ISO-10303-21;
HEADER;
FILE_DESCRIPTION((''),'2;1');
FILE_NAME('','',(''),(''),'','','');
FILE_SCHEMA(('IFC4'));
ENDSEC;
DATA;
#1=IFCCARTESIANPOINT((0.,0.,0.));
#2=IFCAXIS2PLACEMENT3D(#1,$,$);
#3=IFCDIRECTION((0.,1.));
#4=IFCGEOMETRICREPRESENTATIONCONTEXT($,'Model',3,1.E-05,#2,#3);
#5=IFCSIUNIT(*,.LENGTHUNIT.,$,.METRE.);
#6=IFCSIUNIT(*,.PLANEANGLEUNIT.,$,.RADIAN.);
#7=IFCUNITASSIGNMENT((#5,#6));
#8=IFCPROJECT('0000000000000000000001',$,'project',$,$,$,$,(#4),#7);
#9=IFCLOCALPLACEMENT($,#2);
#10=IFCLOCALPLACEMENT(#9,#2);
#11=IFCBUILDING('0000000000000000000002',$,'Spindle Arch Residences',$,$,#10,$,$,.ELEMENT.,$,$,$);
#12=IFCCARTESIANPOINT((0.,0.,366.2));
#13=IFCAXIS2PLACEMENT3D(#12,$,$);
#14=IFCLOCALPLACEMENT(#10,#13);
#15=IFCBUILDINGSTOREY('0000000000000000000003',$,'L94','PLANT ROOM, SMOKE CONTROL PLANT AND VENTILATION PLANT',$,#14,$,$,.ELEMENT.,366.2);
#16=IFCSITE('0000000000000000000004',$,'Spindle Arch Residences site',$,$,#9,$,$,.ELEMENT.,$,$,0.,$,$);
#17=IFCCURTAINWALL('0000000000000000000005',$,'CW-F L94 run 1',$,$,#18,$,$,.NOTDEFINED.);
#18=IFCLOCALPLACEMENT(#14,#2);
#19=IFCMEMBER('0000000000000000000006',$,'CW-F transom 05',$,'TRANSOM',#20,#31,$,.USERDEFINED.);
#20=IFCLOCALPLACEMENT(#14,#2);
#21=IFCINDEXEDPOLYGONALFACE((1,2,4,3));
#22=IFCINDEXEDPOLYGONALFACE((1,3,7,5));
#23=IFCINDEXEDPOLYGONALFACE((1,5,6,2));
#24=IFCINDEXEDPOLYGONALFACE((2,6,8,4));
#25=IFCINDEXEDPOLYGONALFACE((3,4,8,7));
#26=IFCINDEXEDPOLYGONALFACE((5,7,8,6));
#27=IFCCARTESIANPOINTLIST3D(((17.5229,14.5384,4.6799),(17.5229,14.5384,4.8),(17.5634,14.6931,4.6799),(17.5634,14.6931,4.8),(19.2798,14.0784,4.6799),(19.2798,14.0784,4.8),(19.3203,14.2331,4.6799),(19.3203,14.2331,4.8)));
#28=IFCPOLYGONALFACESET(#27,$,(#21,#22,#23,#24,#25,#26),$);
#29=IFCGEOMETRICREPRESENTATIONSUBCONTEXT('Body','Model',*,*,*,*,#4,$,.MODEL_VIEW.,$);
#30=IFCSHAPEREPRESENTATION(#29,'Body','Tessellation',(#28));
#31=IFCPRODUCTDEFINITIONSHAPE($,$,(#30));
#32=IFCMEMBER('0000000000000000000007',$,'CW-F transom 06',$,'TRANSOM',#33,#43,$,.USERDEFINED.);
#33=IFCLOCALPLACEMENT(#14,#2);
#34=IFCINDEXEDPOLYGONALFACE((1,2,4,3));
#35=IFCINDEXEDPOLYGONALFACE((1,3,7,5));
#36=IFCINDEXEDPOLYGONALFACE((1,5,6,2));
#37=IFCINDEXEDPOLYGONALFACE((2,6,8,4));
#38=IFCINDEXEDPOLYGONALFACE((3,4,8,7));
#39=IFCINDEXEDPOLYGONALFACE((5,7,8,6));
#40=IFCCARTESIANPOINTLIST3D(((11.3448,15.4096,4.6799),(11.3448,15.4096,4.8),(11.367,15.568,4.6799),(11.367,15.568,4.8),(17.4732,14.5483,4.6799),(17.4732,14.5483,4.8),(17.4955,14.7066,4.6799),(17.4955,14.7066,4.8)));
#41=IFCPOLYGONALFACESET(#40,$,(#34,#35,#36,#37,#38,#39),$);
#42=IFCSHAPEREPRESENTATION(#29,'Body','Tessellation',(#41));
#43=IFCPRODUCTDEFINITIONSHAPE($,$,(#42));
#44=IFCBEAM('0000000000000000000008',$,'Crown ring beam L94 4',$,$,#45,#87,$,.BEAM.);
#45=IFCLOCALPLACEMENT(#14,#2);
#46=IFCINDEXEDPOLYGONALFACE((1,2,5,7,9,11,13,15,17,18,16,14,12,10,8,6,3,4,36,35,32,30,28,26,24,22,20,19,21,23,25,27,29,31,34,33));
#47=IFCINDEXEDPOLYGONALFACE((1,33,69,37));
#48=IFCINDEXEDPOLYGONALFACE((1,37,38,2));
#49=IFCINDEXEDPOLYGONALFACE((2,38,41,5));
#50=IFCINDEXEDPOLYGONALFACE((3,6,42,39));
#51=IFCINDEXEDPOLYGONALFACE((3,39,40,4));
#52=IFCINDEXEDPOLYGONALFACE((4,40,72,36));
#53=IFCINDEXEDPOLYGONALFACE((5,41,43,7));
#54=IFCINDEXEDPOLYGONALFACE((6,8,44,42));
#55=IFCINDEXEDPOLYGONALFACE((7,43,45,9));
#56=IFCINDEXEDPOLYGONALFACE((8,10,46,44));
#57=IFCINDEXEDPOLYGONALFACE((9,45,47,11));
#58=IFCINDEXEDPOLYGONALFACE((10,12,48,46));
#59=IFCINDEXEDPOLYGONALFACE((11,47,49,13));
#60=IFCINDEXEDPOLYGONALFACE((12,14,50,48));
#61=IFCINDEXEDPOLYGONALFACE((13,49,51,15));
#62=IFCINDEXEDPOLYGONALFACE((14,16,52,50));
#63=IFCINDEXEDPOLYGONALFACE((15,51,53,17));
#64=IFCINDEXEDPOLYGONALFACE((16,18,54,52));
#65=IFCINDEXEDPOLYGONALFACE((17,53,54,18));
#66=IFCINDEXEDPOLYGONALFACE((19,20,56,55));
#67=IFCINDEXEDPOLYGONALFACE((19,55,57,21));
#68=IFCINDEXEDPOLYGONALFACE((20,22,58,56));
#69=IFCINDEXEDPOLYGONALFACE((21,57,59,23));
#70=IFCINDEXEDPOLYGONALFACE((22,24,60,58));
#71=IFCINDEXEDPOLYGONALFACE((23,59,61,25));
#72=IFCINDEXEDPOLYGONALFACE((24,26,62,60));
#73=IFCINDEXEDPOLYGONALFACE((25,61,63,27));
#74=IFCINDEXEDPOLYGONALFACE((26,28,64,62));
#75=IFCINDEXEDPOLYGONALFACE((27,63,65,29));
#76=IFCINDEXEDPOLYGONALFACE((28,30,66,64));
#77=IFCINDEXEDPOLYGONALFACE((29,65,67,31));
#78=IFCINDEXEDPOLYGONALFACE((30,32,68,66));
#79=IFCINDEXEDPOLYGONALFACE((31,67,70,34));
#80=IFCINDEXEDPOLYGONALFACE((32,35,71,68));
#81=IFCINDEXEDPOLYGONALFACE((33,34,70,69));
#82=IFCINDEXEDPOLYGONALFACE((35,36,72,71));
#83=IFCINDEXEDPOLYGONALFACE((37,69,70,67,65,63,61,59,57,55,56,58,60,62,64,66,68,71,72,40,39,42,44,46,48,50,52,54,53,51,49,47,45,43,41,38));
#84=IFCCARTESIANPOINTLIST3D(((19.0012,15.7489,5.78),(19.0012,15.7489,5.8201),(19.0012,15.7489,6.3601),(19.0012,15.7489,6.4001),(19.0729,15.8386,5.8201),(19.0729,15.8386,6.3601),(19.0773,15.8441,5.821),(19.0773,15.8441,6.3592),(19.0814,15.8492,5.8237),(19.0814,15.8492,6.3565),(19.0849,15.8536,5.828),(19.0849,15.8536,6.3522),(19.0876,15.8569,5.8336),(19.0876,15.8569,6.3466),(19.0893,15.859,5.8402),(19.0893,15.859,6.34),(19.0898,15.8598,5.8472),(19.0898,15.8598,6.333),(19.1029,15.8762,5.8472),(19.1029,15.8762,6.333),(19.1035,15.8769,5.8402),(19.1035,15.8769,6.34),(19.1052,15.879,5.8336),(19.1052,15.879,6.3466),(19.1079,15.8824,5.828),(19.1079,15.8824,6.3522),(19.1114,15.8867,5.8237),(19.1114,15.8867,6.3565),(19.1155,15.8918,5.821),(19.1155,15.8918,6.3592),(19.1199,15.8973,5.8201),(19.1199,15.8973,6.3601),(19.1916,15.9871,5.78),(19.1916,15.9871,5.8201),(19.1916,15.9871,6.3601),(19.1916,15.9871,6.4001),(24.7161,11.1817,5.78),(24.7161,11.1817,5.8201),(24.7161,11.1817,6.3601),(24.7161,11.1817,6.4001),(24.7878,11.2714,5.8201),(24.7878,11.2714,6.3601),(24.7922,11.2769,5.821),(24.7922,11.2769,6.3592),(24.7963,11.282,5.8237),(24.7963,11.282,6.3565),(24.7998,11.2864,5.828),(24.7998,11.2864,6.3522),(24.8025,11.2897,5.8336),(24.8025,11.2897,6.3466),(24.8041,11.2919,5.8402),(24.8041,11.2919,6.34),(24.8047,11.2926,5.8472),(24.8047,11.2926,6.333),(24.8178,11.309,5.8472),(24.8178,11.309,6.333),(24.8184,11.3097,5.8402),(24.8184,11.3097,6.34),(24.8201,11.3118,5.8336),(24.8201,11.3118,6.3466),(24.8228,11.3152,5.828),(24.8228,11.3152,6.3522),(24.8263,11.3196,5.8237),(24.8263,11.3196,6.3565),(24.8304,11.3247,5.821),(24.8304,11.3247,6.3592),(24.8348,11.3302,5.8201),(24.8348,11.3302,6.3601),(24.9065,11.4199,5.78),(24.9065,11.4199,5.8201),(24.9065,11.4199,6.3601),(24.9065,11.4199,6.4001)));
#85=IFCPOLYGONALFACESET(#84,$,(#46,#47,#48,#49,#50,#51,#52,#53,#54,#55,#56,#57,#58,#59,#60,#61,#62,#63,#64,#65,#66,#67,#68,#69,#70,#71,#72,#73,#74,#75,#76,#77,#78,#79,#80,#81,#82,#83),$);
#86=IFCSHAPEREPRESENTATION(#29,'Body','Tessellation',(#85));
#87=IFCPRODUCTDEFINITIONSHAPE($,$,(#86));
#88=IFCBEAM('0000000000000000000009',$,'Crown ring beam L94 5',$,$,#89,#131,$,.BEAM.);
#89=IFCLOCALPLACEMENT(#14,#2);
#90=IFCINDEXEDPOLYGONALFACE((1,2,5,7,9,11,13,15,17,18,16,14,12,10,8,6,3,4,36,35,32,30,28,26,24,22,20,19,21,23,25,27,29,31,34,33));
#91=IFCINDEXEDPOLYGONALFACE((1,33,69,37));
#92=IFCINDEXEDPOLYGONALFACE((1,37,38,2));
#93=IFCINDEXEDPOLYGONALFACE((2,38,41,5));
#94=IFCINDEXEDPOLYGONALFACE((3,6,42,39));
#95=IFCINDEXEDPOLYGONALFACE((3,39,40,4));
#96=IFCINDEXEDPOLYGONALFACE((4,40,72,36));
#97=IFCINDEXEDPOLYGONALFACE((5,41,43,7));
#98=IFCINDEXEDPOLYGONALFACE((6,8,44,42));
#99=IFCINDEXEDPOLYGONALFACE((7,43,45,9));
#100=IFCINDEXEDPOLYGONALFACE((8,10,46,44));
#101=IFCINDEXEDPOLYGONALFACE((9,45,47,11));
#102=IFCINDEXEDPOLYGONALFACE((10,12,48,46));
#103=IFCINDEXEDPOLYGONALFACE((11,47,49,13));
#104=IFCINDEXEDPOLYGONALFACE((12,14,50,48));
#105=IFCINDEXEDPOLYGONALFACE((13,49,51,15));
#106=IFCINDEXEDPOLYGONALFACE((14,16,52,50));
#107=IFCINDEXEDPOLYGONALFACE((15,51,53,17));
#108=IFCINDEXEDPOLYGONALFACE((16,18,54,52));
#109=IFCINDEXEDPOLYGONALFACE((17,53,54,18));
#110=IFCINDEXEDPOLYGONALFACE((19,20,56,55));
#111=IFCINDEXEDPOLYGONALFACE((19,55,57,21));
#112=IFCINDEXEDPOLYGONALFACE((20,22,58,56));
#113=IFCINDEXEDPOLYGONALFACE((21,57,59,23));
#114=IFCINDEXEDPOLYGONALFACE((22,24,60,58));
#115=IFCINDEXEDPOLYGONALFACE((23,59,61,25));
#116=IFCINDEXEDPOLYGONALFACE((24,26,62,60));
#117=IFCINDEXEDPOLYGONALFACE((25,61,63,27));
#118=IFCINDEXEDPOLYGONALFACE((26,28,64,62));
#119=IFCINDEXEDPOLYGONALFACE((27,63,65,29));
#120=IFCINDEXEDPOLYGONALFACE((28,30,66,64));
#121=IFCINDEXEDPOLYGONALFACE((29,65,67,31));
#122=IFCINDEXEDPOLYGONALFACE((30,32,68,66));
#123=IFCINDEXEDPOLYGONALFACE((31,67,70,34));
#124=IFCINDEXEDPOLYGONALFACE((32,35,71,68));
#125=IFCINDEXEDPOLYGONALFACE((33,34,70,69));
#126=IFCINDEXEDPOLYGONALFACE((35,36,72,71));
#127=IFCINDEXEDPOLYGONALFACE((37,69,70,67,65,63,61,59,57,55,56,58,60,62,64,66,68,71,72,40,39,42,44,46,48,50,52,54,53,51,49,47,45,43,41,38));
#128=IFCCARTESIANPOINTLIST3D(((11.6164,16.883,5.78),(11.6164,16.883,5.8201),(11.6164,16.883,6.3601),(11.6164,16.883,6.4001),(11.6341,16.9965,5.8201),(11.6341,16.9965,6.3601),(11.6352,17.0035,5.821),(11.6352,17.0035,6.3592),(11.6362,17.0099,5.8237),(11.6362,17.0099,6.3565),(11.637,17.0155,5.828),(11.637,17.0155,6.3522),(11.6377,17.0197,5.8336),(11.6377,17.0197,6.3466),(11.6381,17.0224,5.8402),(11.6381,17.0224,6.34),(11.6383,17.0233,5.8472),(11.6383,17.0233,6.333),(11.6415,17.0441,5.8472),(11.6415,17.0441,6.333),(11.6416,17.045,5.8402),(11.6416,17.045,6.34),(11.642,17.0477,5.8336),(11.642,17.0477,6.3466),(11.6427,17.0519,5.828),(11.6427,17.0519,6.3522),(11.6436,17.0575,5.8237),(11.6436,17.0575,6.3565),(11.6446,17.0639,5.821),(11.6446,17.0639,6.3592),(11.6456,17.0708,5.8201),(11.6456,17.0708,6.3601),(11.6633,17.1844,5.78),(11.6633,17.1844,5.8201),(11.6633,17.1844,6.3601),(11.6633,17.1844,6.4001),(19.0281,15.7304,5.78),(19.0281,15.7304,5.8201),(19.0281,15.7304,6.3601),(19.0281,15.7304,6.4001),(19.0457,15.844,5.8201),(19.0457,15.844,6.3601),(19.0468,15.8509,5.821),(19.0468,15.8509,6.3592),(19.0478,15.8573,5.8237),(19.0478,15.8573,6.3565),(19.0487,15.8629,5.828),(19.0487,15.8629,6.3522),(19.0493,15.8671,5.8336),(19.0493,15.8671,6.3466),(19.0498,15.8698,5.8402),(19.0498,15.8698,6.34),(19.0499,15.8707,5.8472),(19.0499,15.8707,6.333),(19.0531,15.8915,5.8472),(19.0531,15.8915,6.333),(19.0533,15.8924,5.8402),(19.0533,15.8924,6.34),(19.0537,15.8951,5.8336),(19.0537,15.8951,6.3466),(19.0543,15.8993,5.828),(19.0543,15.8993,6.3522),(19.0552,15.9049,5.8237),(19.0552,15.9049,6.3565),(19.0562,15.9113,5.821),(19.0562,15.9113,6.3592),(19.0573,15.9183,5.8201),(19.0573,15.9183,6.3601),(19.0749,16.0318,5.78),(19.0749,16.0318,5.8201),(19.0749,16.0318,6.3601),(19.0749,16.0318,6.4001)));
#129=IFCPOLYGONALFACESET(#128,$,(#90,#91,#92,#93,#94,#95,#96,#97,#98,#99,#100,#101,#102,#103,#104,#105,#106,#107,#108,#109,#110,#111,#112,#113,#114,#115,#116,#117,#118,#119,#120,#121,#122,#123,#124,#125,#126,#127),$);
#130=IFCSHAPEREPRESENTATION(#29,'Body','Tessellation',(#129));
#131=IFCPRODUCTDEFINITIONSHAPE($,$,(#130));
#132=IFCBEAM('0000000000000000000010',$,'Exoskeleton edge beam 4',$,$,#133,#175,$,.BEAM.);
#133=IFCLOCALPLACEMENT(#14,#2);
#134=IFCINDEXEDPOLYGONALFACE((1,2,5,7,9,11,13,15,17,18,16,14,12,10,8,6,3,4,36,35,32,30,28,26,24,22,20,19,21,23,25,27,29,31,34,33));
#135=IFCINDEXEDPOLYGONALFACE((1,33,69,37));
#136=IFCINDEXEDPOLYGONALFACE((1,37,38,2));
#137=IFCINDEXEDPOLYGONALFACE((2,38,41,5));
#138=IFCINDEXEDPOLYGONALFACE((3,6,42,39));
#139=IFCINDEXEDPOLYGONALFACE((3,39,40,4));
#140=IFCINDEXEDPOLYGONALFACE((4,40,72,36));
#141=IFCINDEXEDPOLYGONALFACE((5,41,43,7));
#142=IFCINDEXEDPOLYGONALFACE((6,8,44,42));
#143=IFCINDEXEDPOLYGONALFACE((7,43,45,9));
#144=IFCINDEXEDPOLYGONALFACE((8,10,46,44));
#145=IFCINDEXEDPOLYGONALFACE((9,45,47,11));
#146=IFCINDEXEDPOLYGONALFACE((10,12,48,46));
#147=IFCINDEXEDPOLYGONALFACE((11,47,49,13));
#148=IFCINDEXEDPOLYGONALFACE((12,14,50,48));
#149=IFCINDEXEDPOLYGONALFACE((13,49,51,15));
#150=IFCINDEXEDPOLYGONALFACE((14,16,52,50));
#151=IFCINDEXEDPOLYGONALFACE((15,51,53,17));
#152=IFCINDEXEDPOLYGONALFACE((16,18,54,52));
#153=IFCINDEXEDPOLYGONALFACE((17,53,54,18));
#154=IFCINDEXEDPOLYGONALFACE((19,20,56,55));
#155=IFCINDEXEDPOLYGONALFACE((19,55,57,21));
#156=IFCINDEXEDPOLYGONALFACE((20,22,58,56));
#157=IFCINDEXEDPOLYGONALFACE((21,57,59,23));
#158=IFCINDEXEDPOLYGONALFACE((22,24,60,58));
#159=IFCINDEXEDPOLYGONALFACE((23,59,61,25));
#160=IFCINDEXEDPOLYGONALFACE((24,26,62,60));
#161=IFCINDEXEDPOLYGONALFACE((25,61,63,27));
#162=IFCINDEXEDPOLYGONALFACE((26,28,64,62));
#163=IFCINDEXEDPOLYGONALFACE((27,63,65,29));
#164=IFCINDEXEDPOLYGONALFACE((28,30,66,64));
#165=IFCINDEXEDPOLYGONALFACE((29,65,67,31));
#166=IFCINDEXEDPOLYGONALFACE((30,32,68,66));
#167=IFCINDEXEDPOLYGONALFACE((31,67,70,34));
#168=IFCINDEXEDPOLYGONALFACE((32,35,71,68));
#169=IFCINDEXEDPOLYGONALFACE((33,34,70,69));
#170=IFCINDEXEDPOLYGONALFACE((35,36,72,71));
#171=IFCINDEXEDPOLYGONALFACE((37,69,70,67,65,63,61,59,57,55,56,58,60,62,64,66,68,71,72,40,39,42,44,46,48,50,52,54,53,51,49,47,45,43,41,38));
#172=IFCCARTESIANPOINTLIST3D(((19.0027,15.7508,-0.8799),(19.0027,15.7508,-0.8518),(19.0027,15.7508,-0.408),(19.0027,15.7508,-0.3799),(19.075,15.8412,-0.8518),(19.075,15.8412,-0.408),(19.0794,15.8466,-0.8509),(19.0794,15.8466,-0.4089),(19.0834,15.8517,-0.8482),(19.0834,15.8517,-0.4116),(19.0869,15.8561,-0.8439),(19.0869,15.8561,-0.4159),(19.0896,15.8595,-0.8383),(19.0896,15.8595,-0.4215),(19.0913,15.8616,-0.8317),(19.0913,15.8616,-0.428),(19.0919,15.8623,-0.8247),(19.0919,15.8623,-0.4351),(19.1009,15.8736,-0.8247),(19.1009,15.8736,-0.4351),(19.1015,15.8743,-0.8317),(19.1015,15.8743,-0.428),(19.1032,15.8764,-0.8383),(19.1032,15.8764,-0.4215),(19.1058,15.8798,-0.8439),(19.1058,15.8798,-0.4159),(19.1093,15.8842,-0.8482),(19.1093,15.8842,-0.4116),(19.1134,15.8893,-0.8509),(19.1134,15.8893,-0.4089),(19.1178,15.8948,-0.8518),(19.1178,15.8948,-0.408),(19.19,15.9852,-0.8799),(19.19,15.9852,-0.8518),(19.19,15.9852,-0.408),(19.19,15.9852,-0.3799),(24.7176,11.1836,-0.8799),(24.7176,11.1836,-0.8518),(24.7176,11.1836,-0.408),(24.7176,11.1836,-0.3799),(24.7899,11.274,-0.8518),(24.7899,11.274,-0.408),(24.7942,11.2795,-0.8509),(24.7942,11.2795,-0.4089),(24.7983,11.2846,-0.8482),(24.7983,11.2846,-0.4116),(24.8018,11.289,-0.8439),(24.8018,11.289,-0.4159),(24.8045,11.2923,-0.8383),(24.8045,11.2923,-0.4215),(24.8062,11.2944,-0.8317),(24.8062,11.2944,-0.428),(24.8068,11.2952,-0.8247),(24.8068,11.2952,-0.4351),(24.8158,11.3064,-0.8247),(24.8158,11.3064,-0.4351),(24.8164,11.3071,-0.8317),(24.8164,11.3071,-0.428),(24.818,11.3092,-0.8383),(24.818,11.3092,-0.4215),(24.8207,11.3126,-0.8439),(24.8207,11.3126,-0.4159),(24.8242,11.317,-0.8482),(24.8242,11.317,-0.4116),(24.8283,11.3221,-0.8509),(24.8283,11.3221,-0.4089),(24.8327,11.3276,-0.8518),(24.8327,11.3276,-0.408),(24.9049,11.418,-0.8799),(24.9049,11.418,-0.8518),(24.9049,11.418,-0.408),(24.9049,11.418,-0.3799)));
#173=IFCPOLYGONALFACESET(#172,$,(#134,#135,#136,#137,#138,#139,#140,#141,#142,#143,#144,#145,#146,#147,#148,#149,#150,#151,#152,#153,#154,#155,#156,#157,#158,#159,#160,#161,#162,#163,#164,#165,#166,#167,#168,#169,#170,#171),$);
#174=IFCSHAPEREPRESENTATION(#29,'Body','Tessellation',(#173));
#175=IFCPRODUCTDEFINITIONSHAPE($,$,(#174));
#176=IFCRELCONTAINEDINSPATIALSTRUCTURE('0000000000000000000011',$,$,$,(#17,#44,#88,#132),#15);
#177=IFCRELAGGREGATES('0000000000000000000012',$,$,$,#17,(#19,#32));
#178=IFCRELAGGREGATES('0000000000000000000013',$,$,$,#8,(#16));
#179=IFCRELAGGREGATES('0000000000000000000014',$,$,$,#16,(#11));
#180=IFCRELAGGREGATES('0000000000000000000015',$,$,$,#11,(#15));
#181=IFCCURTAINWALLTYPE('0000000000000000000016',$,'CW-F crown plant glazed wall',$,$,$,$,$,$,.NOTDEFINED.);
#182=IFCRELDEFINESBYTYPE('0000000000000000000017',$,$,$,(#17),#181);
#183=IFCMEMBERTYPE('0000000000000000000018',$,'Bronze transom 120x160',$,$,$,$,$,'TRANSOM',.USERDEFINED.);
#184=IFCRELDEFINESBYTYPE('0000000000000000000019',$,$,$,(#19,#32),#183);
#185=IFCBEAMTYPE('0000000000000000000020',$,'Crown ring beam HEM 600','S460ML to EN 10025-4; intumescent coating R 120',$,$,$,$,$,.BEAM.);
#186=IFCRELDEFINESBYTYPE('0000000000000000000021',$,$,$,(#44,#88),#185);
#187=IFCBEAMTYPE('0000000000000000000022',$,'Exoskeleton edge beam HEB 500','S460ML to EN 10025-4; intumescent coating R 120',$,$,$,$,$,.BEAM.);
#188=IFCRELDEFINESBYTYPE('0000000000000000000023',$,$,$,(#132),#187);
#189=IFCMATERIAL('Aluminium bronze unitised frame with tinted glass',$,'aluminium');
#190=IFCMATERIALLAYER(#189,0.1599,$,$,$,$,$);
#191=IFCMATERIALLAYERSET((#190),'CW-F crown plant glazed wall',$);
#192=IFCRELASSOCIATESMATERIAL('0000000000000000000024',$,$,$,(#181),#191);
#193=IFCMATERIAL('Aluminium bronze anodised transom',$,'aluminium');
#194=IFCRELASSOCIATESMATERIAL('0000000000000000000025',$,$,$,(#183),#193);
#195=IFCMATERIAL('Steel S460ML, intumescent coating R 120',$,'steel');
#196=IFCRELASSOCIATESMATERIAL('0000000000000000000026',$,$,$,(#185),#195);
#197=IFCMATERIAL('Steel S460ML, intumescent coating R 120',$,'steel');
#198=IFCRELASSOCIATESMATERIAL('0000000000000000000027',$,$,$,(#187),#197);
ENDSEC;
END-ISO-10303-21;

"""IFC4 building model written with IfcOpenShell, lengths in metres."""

from ifc_helpers import new_model, si_unit, direction, frame, origin, origin_2d, place, context, subcontext, project, spatial, rectangle, i_section, extrude, material, layer, layer_set, material_profile, profile_set, type_object, element, aggregate, save


model = new_model("IFC4")

# Units and contexts
model_context = context("Model", 3, precision=1e-05, world=origin(), true_north=direction((0.0, 1.0)))
body_context = subcontext(model_context, "Body", "Model", "MODEL_VIEW")
ifc_project = project(units=[si_unit("LENGTHUNIT", "METRE"), si_unit("PLANEANGLEUNIT", "RADIAN")], contexts=[model_context])

# Site, building, storey
site_placement = place(None, origin())
site = spatial("IfcSite", under=ifc_project, at=site_placement, Name="Spindle Arch Residences site", CompositionType="ELEMENT", RefElevation=0.0)
building_placement = place(site_placement, origin())
building = spatial("IfcBuilding", under=site, at=building_placement, Name="Spindle Arch Residences", CompositionType="ELEMENT")
storey_placement = place(building_placement, frame((0.0, 0.0, 366.2)))
storey = spatial("IfcBuildingStorey", under=building, at=storey_placement, Name="L94", Description="PLANT ROOM, SMOKE CONTROL PLANT AND VENTILATION PLANT", CompositionType="ELEMENT", Elevation=366.2)

# Curtain wall, members
ifc_material_1 = material(Name="Aluminium bronze unitised frame with tinted glass", Category="aluminium")
ifc_layer_1 = layer(ifc_material_1, 0.1599)
ifc_layer_set_1 = layer_set([ifc_layer_1], Name="CW-F crown plant glazed wall")
curtain_wall_type = type_object("IfcCurtainWallType", Name="CW-F crown plant glazed wall", PredefinedType="NOTDEFINED", material=ifc_layer_set_1)
curtain_wall_placement = place(storey_placement, origin())
curtain_wall = element("IfcCurtainWall", 1, at=curtain_wall_placement, inside=storey, type_object=curtain_wall_type, Name="CW-F L94 run 1", PredefinedType="NOTDEFINED")
ifc_material_2 = material(Name="Aluminium bronze anodised transom", Category="aluminium")
ifc_material_profile_1 = material_profile(ifc_material_2, rectangle(XDim=0.1599, YDim=0.1201, at=origin_2d()), Name="TR 120x160")
ifc_profile_set_1 = profile_set([ifc_material_profile_1], Name="Aluminium bronze anodised transom")
member_type_1 = type_object("IfcMemberType", Name="Bronze transom 120x160", ElementType="TRANSOM", PredefinedType="USERDEFINED", material=ifc_profile_set_1)
member_1_placement = place(storey_placement, frame((19.3, 14.1558, 4.74), z_axis=(-0.967394, 0.253276, 0.0), x_axis=(-0.253276, -0.967394, 0.0)))
member_1 = element("IfcMember", 2, at=member_1_placement, type_object=member_type_1, Name="CW-F transom 05", ObjectType="TRANSOM", PredefinedType="USERDEFINED", context=body_context, shape_type="SweptSolid", body=[
    extrude(rectangle(XDim=0.1599, YDim=0.1201, at=origin_2d()), origin(), (0.0, 0.0, 1.0), 1.8162),
])
member_2_placement = place(storey_placement, frame((17.4844, 14.6274, 4.74), z_axis=(-0.990267, 0.139179, 0.0), x_axis=(-0.139179, -0.990267, 0.0)))
member_2 = element("IfcMember", 3, at=member_2_placement, type_object=member_type_1, Name="CW-F transom 06", ObjectType="TRANSOM", PredefinedType="USERDEFINED", context=body_context, shape_type="SweptSolid", body=[
    extrude(rectangle(XDim=0.1599, YDim=0.1201, at=origin_2d()), origin(), (0.0, 0.0, 1.0), 6.1887),
])

# Beams
ifc_material_3 = material(Name="Steel S460ML, intumescent coating R 120", Category="steel")
ifc_material_profile_2 = material_profile(ifc_material_3, i_section(OverallWidth=0.3049, OverallDepth=0.6201, WebThickness=0.021, FlangeThickness=0.04, FilletRadius=0.0271, at=origin_2d()), Name="HEM 600")
ifc_profile_set_2 = profile_set([ifc_material_profile_2], Name="Steel S460ML, intumescent coating R 120")
beam_type_1 = type_object("IfcBeamType", Name="Crown ring beam HEM 600", Description="S460ML to EN 10025-4; intumescent coating R 120", PredefinedType="BEAM", material=ifc_profile_set_2)
beam_1_placement = place(storey_placement, frame((24.8113, 11.3008, 6.0901), z_axis=(-0.781185, 0.6243, 0.0), x_axis=(-0.6243, -0.781185, 0.0)))
element("IfcBeam", 4, at=beam_1_placement, inside=storey, type_object=beam_type_1, Name="Crown ring beam L94 4", PredefinedType="BEAM", context=body_context, shape_type="SweptSolid", body=[
    extrude(i_section(OverallWidth=0.3049, OverallDepth=0.6201, WebThickness=0.021, FlangeThickness=0.04, FilletRadius=0.0271, at=origin_2d()), origin(), (0.0, 0.0, 1.0), 7.3157),
])
beam_2_placement = place(storey_placement, frame((19.0515, 15.8811, 6.0901), z_axis=(-0.988123, 0.153664, 0.0), x_axis=(-0.153664, -0.988123, 0.0)))
element("IfcBeam", 5, at=beam_2_placement, inside=storey, type_object=beam_type_1, Name="Crown ring beam L94 5", PredefinedType="BEAM", context=body_context, shape_type="SweptSolid", body=[
    extrude(i_section(OverallWidth=0.3049, OverallDepth=0.6201, WebThickness=0.021, FlangeThickness=0.04, FilletRadius=0.0271, at=origin_2d()), origin(), (0.0, 0.0, 1.0), 7.5007),
])
ifc_material_4 = material(Name="Steel S460ML, intumescent coating R 120", Category="steel")
ifc_material_profile_3 = material_profile(ifc_material_4, i_section(OverallWidth=0.3, OverallDepth=0.5, WebThickness=0.0144, FlangeThickness=0.0281, FilletRadius=0.0271, at=origin_2d()), Name="HEB 500")
ifc_profile_set_3 = profile_set([ifc_material_profile_3], Name="Steel S460ML, intumescent coating R 120")
beam_type_2 = type_object("IfcBeamType", Name="Exoskeleton edge beam HEB 500", Description="S460ML to EN 10025-4; intumescent coating R 120", PredefinedType="BEAM", material=ifc_profile_set_3)
beam_3_placement = place(storey_placement, frame((24.8113, 11.3008, -0.6299), z_axis=(-0.781185, 0.6243, 0.0), x_axis=(-0.6243, -0.781185, 0.0)))
element("IfcBeam", 6, at=beam_3_placement, inside=storey, type_object=beam_type_2, Name="Exoskeleton edge beam 4", PredefinedType="BEAM", context=body_context, shape_type="SweptSolid", body=[
    extrude(i_section(OverallWidth=0.3, OverallDepth=0.5, WebThickness=0.0144, FlangeThickness=0.0281, FilletRadius=0.0271, at=origin_2d()), origin(), (0.0, 0.0, 1.0), 7.3157),
])

aggregate(curtain_wall, [member_1, member_2])

save(model, "model.ifc")
